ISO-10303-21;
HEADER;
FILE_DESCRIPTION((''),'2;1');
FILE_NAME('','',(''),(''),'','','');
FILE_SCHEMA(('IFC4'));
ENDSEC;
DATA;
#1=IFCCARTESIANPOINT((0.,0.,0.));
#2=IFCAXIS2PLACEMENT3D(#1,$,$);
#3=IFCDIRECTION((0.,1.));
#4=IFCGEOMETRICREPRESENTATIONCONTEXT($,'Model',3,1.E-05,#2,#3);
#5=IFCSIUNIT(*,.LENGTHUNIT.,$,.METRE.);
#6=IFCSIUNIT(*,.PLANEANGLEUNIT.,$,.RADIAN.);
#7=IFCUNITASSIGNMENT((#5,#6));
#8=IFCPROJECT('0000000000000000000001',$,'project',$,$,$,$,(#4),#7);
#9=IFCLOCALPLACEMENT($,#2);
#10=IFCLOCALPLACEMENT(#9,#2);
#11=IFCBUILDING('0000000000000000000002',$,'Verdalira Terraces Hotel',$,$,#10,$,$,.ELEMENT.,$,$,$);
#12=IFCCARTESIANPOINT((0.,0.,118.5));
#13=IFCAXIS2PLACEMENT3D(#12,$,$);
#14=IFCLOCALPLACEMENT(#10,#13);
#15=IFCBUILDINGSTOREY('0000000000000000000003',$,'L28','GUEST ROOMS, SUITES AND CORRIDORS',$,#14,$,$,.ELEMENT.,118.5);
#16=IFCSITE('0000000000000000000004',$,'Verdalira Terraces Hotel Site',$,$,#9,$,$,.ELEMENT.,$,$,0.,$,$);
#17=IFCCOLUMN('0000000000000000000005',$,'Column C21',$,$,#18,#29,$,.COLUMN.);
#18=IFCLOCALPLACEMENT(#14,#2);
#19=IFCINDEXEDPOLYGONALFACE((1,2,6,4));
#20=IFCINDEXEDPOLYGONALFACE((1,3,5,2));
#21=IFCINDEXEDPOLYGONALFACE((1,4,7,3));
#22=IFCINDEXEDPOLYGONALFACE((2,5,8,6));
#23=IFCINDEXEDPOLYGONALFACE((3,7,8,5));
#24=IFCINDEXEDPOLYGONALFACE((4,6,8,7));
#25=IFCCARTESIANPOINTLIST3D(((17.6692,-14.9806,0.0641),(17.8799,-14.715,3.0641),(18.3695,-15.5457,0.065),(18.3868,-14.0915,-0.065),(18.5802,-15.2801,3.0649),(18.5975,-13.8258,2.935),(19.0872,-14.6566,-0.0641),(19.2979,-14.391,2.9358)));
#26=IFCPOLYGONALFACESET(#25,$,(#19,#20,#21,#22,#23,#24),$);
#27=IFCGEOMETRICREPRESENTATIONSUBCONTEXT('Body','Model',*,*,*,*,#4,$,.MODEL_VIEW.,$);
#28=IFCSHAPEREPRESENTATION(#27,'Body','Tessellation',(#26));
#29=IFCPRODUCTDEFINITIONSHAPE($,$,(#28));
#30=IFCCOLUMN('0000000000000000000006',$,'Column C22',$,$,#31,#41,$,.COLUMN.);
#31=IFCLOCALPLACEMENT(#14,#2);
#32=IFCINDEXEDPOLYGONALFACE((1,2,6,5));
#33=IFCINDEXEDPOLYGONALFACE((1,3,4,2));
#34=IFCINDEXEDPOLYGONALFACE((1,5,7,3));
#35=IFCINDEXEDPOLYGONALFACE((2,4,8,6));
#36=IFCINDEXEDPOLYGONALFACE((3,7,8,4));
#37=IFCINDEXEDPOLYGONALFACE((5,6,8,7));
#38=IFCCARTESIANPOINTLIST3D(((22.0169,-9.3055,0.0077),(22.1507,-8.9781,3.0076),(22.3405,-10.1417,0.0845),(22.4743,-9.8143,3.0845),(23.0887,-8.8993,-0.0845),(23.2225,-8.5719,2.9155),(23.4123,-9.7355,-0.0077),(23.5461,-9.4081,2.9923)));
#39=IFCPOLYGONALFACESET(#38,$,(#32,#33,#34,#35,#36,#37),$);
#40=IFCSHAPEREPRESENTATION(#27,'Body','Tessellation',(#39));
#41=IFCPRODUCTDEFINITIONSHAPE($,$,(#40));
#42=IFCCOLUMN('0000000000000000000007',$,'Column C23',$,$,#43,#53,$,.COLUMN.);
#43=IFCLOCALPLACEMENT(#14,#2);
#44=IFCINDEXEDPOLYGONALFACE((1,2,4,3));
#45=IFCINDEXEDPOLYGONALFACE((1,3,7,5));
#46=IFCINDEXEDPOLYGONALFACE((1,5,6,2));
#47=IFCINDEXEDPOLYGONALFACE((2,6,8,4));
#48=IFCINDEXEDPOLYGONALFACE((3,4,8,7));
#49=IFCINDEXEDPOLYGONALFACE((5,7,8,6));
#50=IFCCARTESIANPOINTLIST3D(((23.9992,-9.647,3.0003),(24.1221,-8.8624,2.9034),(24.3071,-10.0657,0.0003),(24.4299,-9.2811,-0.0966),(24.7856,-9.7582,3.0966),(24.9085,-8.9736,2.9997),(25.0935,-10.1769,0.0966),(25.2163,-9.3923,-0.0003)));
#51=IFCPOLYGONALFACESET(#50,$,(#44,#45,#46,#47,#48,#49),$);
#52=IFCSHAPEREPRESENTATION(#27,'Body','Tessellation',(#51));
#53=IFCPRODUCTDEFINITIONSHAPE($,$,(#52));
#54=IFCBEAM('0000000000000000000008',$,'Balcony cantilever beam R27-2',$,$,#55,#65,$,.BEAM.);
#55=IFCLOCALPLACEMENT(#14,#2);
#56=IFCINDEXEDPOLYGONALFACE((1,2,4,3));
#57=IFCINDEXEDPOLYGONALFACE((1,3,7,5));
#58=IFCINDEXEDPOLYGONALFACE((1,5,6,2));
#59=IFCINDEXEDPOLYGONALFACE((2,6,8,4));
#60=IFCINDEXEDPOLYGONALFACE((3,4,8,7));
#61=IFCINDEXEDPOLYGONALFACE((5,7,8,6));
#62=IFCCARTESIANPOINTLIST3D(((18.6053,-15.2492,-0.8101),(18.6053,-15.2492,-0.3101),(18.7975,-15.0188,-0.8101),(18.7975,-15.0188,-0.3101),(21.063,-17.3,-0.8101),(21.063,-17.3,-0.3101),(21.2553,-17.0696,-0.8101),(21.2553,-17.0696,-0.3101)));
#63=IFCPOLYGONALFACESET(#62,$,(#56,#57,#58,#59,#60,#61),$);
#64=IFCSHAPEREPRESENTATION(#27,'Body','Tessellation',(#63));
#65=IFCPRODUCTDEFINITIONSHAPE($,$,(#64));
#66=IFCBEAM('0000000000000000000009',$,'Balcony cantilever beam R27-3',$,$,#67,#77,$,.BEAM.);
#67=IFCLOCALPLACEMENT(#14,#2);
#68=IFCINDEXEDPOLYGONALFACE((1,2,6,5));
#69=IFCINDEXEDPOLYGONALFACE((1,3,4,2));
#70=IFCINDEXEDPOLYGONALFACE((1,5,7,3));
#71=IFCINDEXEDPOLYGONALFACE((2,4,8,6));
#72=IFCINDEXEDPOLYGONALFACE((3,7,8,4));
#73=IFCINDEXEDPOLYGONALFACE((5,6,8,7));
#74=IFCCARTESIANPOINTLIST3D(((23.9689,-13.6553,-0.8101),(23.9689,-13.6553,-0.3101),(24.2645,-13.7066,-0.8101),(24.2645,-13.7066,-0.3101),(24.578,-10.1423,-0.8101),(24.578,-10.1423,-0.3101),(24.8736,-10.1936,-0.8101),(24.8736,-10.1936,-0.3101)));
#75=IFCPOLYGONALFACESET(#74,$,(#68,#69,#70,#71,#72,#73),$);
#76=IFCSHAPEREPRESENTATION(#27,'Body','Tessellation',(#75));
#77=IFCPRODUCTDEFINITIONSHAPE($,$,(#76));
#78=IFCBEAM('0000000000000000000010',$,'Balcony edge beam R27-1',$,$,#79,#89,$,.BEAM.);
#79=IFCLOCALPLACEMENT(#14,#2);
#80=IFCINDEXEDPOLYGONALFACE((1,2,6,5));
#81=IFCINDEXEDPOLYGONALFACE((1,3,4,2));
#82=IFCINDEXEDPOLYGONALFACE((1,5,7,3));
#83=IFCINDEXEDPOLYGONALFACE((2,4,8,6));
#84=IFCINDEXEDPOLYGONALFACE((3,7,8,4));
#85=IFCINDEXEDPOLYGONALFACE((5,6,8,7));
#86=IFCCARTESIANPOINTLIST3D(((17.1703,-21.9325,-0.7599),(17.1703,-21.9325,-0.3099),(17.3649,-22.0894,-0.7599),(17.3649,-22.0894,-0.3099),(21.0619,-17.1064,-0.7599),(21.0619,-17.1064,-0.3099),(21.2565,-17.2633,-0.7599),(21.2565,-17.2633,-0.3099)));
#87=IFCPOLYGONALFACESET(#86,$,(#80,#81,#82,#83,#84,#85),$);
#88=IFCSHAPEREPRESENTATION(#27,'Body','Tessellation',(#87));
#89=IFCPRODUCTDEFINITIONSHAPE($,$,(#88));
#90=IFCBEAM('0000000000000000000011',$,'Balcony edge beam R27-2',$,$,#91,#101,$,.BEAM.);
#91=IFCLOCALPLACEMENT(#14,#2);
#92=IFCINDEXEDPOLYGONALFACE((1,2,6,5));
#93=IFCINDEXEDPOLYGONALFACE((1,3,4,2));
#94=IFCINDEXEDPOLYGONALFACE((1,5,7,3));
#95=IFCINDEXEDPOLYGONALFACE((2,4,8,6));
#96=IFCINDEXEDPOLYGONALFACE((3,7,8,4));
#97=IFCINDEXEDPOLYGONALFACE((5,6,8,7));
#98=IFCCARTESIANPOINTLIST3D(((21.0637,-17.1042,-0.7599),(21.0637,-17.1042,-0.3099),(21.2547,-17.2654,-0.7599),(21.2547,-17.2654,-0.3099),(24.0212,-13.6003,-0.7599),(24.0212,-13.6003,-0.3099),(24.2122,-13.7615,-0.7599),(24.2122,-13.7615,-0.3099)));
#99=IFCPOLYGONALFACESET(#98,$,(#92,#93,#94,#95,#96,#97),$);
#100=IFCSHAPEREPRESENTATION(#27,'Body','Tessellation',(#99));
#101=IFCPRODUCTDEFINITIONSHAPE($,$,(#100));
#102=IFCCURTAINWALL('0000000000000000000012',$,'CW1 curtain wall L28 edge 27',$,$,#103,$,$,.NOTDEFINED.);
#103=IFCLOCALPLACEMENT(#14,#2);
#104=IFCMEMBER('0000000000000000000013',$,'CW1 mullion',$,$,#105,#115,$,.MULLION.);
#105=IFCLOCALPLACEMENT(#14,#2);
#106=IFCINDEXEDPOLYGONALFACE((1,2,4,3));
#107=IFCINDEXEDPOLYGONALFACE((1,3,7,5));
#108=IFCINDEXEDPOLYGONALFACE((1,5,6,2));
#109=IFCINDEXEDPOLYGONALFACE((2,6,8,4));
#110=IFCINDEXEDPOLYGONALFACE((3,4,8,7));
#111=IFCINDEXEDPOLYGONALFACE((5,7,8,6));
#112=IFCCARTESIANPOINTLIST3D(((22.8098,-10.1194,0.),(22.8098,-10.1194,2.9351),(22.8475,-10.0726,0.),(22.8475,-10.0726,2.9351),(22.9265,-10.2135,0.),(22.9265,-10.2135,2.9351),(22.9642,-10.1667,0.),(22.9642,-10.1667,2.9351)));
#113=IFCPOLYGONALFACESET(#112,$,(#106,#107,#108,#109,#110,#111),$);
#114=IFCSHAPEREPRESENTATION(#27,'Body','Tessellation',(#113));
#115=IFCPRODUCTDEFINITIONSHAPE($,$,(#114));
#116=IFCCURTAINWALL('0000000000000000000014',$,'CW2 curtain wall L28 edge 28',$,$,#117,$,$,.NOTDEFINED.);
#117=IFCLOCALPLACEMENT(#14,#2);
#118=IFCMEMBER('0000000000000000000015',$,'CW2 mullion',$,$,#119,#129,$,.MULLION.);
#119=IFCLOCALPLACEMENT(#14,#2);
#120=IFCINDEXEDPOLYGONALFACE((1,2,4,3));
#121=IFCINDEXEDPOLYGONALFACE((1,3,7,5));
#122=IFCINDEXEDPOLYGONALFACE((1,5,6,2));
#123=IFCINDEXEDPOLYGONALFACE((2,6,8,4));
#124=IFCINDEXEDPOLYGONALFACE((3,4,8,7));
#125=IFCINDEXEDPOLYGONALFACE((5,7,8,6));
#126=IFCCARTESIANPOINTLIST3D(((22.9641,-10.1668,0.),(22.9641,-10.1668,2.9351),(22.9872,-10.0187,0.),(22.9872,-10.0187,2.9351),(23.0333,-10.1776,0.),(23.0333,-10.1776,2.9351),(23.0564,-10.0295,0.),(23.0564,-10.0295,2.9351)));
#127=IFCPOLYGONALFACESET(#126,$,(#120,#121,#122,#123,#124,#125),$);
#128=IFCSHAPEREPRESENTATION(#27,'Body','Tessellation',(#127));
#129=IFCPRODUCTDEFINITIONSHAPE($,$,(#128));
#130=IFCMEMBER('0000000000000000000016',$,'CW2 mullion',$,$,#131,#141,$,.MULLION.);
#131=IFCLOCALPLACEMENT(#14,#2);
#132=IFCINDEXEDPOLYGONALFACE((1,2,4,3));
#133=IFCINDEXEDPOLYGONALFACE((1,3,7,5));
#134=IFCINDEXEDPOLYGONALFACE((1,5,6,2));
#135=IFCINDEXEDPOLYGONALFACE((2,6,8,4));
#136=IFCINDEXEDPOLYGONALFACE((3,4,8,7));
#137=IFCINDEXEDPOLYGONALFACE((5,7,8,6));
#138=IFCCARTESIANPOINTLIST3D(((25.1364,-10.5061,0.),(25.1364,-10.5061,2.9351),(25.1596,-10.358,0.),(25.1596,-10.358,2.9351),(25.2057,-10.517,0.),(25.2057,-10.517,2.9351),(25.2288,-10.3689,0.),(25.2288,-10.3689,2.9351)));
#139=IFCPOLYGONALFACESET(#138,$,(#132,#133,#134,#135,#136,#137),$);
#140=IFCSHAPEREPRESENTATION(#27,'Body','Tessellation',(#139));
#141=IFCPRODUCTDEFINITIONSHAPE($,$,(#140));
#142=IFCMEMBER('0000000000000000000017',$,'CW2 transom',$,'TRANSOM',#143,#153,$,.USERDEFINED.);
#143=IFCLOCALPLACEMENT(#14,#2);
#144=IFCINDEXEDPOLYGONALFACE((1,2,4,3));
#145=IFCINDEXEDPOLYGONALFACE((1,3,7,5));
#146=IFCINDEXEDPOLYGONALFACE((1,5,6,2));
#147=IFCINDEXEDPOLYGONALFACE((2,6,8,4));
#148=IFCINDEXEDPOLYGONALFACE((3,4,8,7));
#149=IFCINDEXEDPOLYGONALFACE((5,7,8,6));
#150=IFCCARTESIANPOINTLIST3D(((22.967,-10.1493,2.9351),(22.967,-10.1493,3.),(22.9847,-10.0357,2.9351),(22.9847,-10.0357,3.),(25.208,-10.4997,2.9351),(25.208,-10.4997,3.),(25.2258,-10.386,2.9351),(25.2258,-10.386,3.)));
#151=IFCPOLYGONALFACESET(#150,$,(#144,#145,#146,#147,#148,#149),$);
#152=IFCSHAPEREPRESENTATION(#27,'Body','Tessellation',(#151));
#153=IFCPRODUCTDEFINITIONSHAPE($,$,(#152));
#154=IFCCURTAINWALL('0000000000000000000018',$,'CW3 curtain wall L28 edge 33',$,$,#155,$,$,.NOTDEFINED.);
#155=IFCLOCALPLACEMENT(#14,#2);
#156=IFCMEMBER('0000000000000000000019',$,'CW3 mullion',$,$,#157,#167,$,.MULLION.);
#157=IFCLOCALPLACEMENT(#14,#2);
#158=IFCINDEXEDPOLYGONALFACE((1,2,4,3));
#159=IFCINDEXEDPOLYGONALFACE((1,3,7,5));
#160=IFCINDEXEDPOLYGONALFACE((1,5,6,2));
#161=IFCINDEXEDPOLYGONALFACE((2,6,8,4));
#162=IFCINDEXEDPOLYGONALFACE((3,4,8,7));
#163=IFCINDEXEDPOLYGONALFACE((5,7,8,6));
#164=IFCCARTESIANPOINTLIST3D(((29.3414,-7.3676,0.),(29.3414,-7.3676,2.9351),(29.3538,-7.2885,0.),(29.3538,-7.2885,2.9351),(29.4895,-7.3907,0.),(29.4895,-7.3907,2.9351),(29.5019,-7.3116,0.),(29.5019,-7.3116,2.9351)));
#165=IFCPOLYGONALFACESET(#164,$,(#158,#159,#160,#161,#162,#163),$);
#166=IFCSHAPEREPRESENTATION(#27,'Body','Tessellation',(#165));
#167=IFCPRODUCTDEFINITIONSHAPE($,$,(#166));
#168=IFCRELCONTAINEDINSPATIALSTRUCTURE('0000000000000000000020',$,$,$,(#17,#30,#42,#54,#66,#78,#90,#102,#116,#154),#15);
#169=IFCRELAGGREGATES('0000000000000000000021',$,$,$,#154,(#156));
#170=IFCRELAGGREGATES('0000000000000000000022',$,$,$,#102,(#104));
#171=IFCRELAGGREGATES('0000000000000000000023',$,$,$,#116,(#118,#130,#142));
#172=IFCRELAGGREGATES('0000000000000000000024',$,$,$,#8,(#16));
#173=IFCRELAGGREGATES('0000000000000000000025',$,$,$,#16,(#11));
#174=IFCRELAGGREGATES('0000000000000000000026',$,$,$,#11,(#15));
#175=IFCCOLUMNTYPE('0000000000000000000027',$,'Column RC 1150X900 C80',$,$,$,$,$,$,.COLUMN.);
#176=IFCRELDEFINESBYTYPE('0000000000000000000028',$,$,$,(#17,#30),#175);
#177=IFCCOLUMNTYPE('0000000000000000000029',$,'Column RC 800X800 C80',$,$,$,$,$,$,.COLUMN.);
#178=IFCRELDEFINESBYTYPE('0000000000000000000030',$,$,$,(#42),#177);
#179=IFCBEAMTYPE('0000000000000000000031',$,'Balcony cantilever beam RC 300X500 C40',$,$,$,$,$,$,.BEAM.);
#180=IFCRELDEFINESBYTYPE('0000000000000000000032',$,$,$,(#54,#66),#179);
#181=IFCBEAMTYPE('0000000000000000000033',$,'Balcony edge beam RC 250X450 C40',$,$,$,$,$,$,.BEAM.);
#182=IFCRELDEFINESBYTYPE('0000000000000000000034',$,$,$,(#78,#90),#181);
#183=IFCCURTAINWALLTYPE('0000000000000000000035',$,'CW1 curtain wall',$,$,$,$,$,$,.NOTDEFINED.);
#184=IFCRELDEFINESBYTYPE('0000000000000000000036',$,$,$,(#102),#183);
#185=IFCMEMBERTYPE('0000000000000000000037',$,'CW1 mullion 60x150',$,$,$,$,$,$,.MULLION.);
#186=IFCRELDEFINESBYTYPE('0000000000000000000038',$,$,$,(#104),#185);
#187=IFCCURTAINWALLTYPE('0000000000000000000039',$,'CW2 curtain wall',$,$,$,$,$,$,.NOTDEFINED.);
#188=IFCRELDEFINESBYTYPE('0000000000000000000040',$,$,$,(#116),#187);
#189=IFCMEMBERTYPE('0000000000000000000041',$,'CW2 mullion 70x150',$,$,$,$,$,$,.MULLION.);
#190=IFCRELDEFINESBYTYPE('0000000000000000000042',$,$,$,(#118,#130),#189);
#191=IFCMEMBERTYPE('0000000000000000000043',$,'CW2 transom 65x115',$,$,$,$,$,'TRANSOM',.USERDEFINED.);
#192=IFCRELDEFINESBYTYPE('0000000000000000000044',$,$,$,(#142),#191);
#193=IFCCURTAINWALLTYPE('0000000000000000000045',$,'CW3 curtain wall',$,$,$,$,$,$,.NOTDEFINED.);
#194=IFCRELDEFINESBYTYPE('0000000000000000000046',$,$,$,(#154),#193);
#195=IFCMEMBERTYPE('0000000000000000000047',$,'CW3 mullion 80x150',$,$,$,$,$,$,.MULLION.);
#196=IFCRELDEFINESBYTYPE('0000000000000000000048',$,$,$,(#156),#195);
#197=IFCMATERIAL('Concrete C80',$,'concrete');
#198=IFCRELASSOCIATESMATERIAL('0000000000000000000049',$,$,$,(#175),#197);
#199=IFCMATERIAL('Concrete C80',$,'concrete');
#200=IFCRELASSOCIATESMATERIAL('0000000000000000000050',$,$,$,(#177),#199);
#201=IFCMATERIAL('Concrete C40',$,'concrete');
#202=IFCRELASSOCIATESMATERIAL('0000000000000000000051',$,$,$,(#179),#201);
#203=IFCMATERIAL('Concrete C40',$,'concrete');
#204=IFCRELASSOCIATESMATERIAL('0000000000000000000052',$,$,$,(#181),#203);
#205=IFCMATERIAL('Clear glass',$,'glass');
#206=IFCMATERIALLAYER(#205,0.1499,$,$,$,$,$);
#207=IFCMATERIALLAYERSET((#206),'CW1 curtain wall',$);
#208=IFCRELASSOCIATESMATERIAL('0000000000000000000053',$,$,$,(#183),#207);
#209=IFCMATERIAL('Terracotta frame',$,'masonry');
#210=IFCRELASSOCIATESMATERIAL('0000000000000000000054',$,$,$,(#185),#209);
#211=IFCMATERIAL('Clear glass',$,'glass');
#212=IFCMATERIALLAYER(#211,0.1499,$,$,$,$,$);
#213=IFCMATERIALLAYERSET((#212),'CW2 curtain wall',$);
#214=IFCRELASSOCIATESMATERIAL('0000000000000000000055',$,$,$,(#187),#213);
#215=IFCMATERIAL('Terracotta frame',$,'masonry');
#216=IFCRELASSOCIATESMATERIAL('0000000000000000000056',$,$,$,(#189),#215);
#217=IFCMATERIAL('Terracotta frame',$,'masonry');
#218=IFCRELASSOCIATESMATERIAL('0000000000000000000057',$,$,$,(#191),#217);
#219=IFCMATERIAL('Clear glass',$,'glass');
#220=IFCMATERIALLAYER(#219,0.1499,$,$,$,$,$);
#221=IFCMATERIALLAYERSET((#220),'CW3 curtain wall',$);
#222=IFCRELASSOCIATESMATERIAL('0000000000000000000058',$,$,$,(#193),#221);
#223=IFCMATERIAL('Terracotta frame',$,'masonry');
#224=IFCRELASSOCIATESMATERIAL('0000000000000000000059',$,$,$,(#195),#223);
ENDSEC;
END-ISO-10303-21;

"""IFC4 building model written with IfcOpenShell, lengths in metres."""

from ifc_helpers import new_model, si_unit, direction, frame, origin, origin_2d, place, context, subcontext, project, spatial, rectangle, extrude, material, layer, layer_set, material_profile, profile_set, type_object, element, aggregate, save


model = new_model("IFC4")

# Units and contexts
model_context = context("Model", 3, precision=1e-05, world=origin(), true_north=direction((0.0, 1.0)))
body_context = subcontext(model_context, "Body", "Model", "MODEL_VIEW")
ifc_project = project(units=[si_unit("LENGTHUNIT", "METRE"), si_unit("PLANEANGLEUNIT", "RADIAN")], contexts=[model_context])

# Site, building, storey
site_placement = place(None, origin())
site = spatial("IfcSite", under=ifc_project, at=site_placement, Name="Verdalira Terraces Hotel Site", CompositionType="ELEMENT", RefElevation=0.0)
building_placement = place(site_placement, origin())
building = spatial("IfcBuilding", under=site, at=building_placement, Name="Verdalira Terraces Hotel", CompositionType="ELEMENT")
storey_placement = place(building_placement, frame((0.0, 0.0, 118.5)))
storey = spatial("IfcBuildingStorey", under=building, at=storey_placement, Name="L28", Description="GUEST ROOMS, SUITES AND CORRIDORS", CompositionType="ELEMENT", Elevation=118.5)

# Columns
ifc_material_1 = material(Name="Concrete C80", Category="concrete")
ifc_material_profile_1 = material_profile(ifc_material_1, rectangle(XDim=1.1499, YDim=0.8999, at=origin_2d()), Name="RC 1150X900")
ifc_profile_set_1 = profile_set([ifc_material_profile_1], Name="Concrete C80")
column_type_1 = type_object("IfcColumnType", Name="Column RC 1150X900 C80", PredefinedType="COLUMN", material=ifc_profile_set_1)
column_1_placement = place(storey_placement, frame((18.3782, -14.8186, 0.0), z_axis=(0.069787, 0.087982, 0.993675), x_axis=(0.624093, 0.773238, -0.112295)))
element("IfcColumn", 1, at=column_1_placement, inside=storey, type_object=column_type_1, Name="Column C21", PredefinedType="COLUMN", context=body_context, shape_type="SweptSolid", body=[
    extrude(rectangle(XDim=1.1499, YDim=0.8999, at=origin_2d()), origin(), (0.0, 0.0, 1.0), 3.019),
])
column_2_placement = place(storey_placement, frame((22.7146, -9.5205, 0.0), z_axis=(0.04429, 0.10838, 0.993122), x_axis=(-0.932078, -0.353286, 0.080122)))
element("IfcColumn", 2, at=column_2_placement, inside=storey, type_object=column_type_1, Name="Column C22", PredefinedType="COLUMN", context=body_context, shape_type="SweptSolid", body=[
    extrude(rectangle(XDim=1.1499, YDim=0.8999, at=origin_2d()), origin(), (0.0, 0.0, 1.0), 3.0208),
])
ifc_material_2 = material(Name="Concrete C80", Category="concrete")
ifc_material_profile_2 = material_profile(ifc_material_2, rectangle(XDim=0.8, YDim=0.8, at=origin_2d()), Name="RC 800X800")
ifc_profile_set_2 = profile_set([ifc_material_profile_2], Name="Concrete C80")
column_type_2 = type_object("IfcColumnType", Name="Column RC 800X800 C80", PredefinedType="COLUMN", material=ifc_profile_set_2)
column_3_placement = place(storey_placement, frame((24.7617, -9.729, 0.0), z_axis=(-0.101114, 0.137519, 0.985325), x_axis=(0.982956, -0.139038, 0.120276)))
element("IfcColumn", 3, at=column_3_placement, inside=storey, type_object=column_type_2, Name="Column C23", PredefinedType="COLUMN", context=body_context, shape_type="SweptSolid", body=[
    extrude(rectangle(XDim=0.8, YDim=0.8, at=origin_2d()), origin(), (0.0, 0.0, 1.0), 3.0447),
])

# Beams
ifc_material_3 = material(Name="Concrete C40", Category="concrete")
ifc_material_profile_3 = material_profile(ifc_material_3, rectangle(XDim=0.3, YDim=0.5, at=origin_2d()), Name="RC 300X500")
ifc_profile_set_3 = profile_set([ifc_material_profile_3], Name="Concrete C40")
beam_type_1 = type_object("IfcBeamType", Name="Balcony cantilever beam RC 300X500 C40", PredefinedType="BEAM", material=ifc_profile_set_3)
beam_1_placement = place(storey_placement, frame((18.7014, -15.134, -0.5601), z_axis=(0.767815, -0.640672, 0.0), x_axis=(0.640672, 0.767815, 0.0)))
element("IfcBeam", 4, at=beam_1_placement, inside=storey, type_object=beam_type_1, Name="Balcony cantilever beam R27-2", PredefinedType="BEAM", context=body_context, shape_type="SweptSolid", body=[
    extrude(rectangle(XDim=0.3, YDim=0.5, at=origin_2d()), origin(), (0.0, 0.0, 1.0), 3.2009),
])
beam_2_placement = place(storey_placement, frame((24.7258, -10.168, -0.5601), z_axis=(-0.170847, -0.985298, 0.0), x_axis=(0.985298, -0.170847, 0.0)))
element("IfcBeam", 5, at=beam_2_placement, inside=storey, type_object=beam_type_1, Name="Balcony cantilever beam R27-3", PredefinedType="BEAM", context=body_context, shape_type="SweptSolid", body=[
    extrude(rectangle(XDim=0.3, YDim=0.5, at=origin_2d()), origin(), (0.0, 0.0, 1.0), 3.5654),
])
ifc_material_4 = material(Name="Concrete C40", Category="concrete")
ifc_material_profile_4 = material_profile(ifc_material_4, rectangle(XDim=0.25, YDim=0.45, at=origin_2d()), Name="RC 250X450")
ifc_profile_set_4 = profile_set([ifc_material_profile_4], Name="Concrete C40")
beam_type_2 = type_object("IfcBeamType", Name="Balcony edge beam RC 250X450 C40", PredefinedType="BEAM", material=ifc_profile_set_4)
beam_3_placement = place(storey_placement, frame((17.2676, -22.011, -0.5349), z_axis=(0.627706, 0.77845, 0.0), x_axis=(-0.77845, 0.627706, 0.0)))
element("IfcBeam", 6, at=beam_3_placement, inside=storey, type_object=beam_type_2, Name="Balcony edge beam R27-1", PredefinedType="BEAM", context=body_context, shape_type="SweptSolid", body=[
    extrude(rectangle(XDim=0.25, YDim=0.45, at=origin_2d()), origin(), (0.0, 0.0, 1.0), 6.1997),
])
beam_4_placement = place(storey_placement, frame((21.1592, -17.1848, -0.5349), z_axis=(0.645011, 0.764173, 0.0), x_axis=(-0.764173, 0.645011, 0.0)))
element("IfcBeam", 7, at=beam_4_placement, inside=storey, type_object=beam_type_2, Name="Balcony edge beam R27-2", PredefinedType="BEAM", context=body_context, shape_type="SweptSolid", body=[
    extrude(rectangle(XDim=0.25, YDim=0.45, at=origin_2d()), origin(), (0.0, 0.0, 1.0), 4.5852),
])

# Curtain wall, member
ifc_material_5 = material(Name="Clear glass", Category="glass")
ifc_layer_1 = layer(ifc_material_5, 0.1499)
ifc_layer_set_1 = layer_set([ifc_layer_1], Name="CW1 curtain wall")
curtain_wall_type_1 = type_object("IfcCurtainWallType", Name="CW1 curtain wall", PredefinedType="NOTDEFINED", material=ifc_layer_set_1)
curtain_wall_1_placement = place(storey_placement, origin())
curtain_wall_1 = element("IfcCurtainWall", 8, at=curtain_wall_1_placement, inside=storey, type_object=curtain_wall_type_1, Name="CW1 curtain wall L28 edge 27", PredefinedType="NOTDEFINED")
ifc_material_6 = material(Name="Terracotta frame", Category="masonry")
ifc_material_profile_5 = material_profile(ifc_material_6, rectangle(XDim=0.0601, YDim=0.1499, at=origin_2d()), Name="MU 60x150")
ifc_profile_set_5 = profile_set([ifc_material_profile_5], Name="Terracotta frame")
member_type_1 = type_object("IfcMemberType", Name="CW1 mullion 60x150", PredefinedType="MULLION", material=ifc_profile_set_5)
member_1_placement = place(storey_placement, frame((22.887, -10.1431, 0.0), z_axis=(0.0, 0.0, 1.0), x_axis=(0.627691, 0.778462, 0.0)))
member_1 = element("IfcMember", 9, at=member_1_placement, type_object=member_type_1, Name="CW1 mullion", PredefinedType="MULLION", context=body_context, shape_type="SweptSolid", body=[
    extrude(rectangle(XDim=0.0601, YDim=0.1499, at=origin_2d()), origin(), (0.0, 0.0, 1.0), 2.9351),
])

# Curtain walls, members
ifc_material_7 = material(Name="Clear glass", Category="glass")
ifc_layer_2 = layer(ifc_material_7, 0.1499)
ifc_layer_set_2 = layer_set([ifc_layer_2], Name="CW2 curtain wall")
curtain_wall_type_2 = type_object("IfcCurtainWallType", Name="CW2 curtain wall", PredefinedType="NOTDEFINED", material=ifc_layer_set_2)
curtain_wall_2_placement = place(storey_placement, origin())
curtain_wall_2 = element("IfcCurtainWall", 10, at=curtain_wall_2_placement, inside=storey, type_object=curtain_wall_type_2, Name="CW2 curtain wall L28 edge 28", PredefinedType="NOTDEFINED")
ifc_material_8 = material(Name="Terracotta frame", Category="masonry")
ifc_material_profile_6 = material_profile(ifc_material_8, rectangle(XDim=0.0701, YDim=0.1499, at=origin_2d()), Name="MU 70x150")
ifc_profile_set_6 = profile_set([ifc_material_profile_6], Name="Terracotta frame")
member_type_2 = type_object("IfcMemberType", Name="CW2 mullion 70x150", PredefinedType="MULLION", material=ifc_profile_set_6)
member_2_placement = place(storey_placement, frame((23.0103, -10.0981, 0.0), z_axis=(0.0, 0.0, 1.0), x_axis=(0.988014, -0.154366, 0.0)))
member_2 = element("IfcMember", 11, at=member_2_placement, type_object=member_type_2, Name="CW2 mullion", PredefinedType="MULLION", context=body_context, shape_type="SweptSolid", body=[
    extrude(rectangle(XDim=0.0701, YDim=0.1499, at=origin_2d()), origin(), (0.0, 0.0, 1.0), 2.9351),
])
member_3_placement = place(storey_placement, frame((25.1826, -10.4375, 0.0), z_axis=(0.0, 0.0, 1.0), x_axis=(0.988014, -0.154366, 0.0)))
member_3 = element("IfcMember", 12, at=member_3_placement, type_object=member_type_2, Name="CW2 mullion", PredefinedType="MULLION", context=body_context, shape_type="SweptSolid", body=[
    extrude(rectangle(XDim=0.0701, YDim=0.1499, at=origin_2d()), origin(), (0.0, 0.0, 1.0), 2.9351),
])
ifc_material_9 = material(Name="Terracotta frame", Category="masonry")
ifc_material_profile_7 = material_profile(ifc_material_9, rectangle(XDim=0.115, YDim=0.0649, at=origin_2d()), Name="TR 65x115")
ifc_profile_set_7 = profile_set([ifc_material_profile_7], Name="Terracotta frame")
member_type_3 = type_object("IfcMemberType", Name="CW2 transom 65x115", ElementType="TRANSOM", PredefinedType="USERDEFINED", material=ifc_profile_set_7)
member_4_placement = place(storey_placement, frame((22.9758, -10.0925, 2.9675), z_axis=(0.988002, -0.154443, 0.0), x_axis=(0.154443, 0.988002, 0.0)))
member_4 = element("IfcMember", 13, at=member_4_placement, type_object=member_type_3, Name="CW2 transom", ObjectType="TRANSOM", PredefinedType="USERDEFINED", context=body_context, shape_type="SweptSolid", body=[
    extrude(rectangle(XDim=0.115, YDim=0.0649, at=origin_2d()), origin(), (0.0, 0.0, 1.0), 2.2683),
])
ifc_material_10 = material(Name="Clear glass", Category="glass")
ifc_layer_3 = layer(ifc_material_10, 0.1499)
ifc_layer_set_3 = layer_set([ifc_layer_3], Name="CW3 curtain wall")
curtain_wall_type_3 = type_object("IfcCurtainWallType", Name="CW3 curtain wall", PredefinedType="NOTDEFINED", material=ifc_layer_set_3)
curtain_wall_3_placement = place(storey_placement, origin())
curtain_wall_3 = element("IfcCurtainWall", 14, at=curtain_wall_3_placement, inside=storey, type_object=curtain_wall_type_3, Name="CW3 curtain wall L28 edge 33", PredefinedType="NOTDEFINED")
ifc_material_11 = material(Name="Terracotta frame", Category="masonry")
ifc_material_profile_8 = material_profile(ifc_material_11, rectangle(XDim=0.0801, YDim=0.1499, at=origin_2d()), Name="MU 80x150")
ifc_profile_set_8 = profile_set([ifc_material_profile_8], Name="Terracotta frame")
member_type_4 = type_object("IfcMemberType", Name="CW3 mullion 80x150", PredefinedType="MULLION", material=ifc_profile_set_8)
member_5_placement = place(storey_placement, frame((29.4216, -7.3396, 0.0), z_axis=(0.0, 0.0, 1.0), x_axis=(0.154366, 0.988014, 0.0)))
member_5 = element("IfcMember", 15, at=member_5_placement, type_object=member_type_4, Name="CW3 mullion", PredefinedType="MULLION", context=body_context, shape_type="SweptSolid", body=[
    extrude(rectangle(XDim=0.0801, YDim=0.1499, at=origin_2d()), origin(), (0.0, 0.0, 1.0), 2.9351),
])
aggregate(curtain_wall_3, [member_5])

aggregate(curtain_wall_1, [member_1])
aggregate(curtain_wall_2, [member_2, member_3, member_4])

save(model, "model.ifc")
